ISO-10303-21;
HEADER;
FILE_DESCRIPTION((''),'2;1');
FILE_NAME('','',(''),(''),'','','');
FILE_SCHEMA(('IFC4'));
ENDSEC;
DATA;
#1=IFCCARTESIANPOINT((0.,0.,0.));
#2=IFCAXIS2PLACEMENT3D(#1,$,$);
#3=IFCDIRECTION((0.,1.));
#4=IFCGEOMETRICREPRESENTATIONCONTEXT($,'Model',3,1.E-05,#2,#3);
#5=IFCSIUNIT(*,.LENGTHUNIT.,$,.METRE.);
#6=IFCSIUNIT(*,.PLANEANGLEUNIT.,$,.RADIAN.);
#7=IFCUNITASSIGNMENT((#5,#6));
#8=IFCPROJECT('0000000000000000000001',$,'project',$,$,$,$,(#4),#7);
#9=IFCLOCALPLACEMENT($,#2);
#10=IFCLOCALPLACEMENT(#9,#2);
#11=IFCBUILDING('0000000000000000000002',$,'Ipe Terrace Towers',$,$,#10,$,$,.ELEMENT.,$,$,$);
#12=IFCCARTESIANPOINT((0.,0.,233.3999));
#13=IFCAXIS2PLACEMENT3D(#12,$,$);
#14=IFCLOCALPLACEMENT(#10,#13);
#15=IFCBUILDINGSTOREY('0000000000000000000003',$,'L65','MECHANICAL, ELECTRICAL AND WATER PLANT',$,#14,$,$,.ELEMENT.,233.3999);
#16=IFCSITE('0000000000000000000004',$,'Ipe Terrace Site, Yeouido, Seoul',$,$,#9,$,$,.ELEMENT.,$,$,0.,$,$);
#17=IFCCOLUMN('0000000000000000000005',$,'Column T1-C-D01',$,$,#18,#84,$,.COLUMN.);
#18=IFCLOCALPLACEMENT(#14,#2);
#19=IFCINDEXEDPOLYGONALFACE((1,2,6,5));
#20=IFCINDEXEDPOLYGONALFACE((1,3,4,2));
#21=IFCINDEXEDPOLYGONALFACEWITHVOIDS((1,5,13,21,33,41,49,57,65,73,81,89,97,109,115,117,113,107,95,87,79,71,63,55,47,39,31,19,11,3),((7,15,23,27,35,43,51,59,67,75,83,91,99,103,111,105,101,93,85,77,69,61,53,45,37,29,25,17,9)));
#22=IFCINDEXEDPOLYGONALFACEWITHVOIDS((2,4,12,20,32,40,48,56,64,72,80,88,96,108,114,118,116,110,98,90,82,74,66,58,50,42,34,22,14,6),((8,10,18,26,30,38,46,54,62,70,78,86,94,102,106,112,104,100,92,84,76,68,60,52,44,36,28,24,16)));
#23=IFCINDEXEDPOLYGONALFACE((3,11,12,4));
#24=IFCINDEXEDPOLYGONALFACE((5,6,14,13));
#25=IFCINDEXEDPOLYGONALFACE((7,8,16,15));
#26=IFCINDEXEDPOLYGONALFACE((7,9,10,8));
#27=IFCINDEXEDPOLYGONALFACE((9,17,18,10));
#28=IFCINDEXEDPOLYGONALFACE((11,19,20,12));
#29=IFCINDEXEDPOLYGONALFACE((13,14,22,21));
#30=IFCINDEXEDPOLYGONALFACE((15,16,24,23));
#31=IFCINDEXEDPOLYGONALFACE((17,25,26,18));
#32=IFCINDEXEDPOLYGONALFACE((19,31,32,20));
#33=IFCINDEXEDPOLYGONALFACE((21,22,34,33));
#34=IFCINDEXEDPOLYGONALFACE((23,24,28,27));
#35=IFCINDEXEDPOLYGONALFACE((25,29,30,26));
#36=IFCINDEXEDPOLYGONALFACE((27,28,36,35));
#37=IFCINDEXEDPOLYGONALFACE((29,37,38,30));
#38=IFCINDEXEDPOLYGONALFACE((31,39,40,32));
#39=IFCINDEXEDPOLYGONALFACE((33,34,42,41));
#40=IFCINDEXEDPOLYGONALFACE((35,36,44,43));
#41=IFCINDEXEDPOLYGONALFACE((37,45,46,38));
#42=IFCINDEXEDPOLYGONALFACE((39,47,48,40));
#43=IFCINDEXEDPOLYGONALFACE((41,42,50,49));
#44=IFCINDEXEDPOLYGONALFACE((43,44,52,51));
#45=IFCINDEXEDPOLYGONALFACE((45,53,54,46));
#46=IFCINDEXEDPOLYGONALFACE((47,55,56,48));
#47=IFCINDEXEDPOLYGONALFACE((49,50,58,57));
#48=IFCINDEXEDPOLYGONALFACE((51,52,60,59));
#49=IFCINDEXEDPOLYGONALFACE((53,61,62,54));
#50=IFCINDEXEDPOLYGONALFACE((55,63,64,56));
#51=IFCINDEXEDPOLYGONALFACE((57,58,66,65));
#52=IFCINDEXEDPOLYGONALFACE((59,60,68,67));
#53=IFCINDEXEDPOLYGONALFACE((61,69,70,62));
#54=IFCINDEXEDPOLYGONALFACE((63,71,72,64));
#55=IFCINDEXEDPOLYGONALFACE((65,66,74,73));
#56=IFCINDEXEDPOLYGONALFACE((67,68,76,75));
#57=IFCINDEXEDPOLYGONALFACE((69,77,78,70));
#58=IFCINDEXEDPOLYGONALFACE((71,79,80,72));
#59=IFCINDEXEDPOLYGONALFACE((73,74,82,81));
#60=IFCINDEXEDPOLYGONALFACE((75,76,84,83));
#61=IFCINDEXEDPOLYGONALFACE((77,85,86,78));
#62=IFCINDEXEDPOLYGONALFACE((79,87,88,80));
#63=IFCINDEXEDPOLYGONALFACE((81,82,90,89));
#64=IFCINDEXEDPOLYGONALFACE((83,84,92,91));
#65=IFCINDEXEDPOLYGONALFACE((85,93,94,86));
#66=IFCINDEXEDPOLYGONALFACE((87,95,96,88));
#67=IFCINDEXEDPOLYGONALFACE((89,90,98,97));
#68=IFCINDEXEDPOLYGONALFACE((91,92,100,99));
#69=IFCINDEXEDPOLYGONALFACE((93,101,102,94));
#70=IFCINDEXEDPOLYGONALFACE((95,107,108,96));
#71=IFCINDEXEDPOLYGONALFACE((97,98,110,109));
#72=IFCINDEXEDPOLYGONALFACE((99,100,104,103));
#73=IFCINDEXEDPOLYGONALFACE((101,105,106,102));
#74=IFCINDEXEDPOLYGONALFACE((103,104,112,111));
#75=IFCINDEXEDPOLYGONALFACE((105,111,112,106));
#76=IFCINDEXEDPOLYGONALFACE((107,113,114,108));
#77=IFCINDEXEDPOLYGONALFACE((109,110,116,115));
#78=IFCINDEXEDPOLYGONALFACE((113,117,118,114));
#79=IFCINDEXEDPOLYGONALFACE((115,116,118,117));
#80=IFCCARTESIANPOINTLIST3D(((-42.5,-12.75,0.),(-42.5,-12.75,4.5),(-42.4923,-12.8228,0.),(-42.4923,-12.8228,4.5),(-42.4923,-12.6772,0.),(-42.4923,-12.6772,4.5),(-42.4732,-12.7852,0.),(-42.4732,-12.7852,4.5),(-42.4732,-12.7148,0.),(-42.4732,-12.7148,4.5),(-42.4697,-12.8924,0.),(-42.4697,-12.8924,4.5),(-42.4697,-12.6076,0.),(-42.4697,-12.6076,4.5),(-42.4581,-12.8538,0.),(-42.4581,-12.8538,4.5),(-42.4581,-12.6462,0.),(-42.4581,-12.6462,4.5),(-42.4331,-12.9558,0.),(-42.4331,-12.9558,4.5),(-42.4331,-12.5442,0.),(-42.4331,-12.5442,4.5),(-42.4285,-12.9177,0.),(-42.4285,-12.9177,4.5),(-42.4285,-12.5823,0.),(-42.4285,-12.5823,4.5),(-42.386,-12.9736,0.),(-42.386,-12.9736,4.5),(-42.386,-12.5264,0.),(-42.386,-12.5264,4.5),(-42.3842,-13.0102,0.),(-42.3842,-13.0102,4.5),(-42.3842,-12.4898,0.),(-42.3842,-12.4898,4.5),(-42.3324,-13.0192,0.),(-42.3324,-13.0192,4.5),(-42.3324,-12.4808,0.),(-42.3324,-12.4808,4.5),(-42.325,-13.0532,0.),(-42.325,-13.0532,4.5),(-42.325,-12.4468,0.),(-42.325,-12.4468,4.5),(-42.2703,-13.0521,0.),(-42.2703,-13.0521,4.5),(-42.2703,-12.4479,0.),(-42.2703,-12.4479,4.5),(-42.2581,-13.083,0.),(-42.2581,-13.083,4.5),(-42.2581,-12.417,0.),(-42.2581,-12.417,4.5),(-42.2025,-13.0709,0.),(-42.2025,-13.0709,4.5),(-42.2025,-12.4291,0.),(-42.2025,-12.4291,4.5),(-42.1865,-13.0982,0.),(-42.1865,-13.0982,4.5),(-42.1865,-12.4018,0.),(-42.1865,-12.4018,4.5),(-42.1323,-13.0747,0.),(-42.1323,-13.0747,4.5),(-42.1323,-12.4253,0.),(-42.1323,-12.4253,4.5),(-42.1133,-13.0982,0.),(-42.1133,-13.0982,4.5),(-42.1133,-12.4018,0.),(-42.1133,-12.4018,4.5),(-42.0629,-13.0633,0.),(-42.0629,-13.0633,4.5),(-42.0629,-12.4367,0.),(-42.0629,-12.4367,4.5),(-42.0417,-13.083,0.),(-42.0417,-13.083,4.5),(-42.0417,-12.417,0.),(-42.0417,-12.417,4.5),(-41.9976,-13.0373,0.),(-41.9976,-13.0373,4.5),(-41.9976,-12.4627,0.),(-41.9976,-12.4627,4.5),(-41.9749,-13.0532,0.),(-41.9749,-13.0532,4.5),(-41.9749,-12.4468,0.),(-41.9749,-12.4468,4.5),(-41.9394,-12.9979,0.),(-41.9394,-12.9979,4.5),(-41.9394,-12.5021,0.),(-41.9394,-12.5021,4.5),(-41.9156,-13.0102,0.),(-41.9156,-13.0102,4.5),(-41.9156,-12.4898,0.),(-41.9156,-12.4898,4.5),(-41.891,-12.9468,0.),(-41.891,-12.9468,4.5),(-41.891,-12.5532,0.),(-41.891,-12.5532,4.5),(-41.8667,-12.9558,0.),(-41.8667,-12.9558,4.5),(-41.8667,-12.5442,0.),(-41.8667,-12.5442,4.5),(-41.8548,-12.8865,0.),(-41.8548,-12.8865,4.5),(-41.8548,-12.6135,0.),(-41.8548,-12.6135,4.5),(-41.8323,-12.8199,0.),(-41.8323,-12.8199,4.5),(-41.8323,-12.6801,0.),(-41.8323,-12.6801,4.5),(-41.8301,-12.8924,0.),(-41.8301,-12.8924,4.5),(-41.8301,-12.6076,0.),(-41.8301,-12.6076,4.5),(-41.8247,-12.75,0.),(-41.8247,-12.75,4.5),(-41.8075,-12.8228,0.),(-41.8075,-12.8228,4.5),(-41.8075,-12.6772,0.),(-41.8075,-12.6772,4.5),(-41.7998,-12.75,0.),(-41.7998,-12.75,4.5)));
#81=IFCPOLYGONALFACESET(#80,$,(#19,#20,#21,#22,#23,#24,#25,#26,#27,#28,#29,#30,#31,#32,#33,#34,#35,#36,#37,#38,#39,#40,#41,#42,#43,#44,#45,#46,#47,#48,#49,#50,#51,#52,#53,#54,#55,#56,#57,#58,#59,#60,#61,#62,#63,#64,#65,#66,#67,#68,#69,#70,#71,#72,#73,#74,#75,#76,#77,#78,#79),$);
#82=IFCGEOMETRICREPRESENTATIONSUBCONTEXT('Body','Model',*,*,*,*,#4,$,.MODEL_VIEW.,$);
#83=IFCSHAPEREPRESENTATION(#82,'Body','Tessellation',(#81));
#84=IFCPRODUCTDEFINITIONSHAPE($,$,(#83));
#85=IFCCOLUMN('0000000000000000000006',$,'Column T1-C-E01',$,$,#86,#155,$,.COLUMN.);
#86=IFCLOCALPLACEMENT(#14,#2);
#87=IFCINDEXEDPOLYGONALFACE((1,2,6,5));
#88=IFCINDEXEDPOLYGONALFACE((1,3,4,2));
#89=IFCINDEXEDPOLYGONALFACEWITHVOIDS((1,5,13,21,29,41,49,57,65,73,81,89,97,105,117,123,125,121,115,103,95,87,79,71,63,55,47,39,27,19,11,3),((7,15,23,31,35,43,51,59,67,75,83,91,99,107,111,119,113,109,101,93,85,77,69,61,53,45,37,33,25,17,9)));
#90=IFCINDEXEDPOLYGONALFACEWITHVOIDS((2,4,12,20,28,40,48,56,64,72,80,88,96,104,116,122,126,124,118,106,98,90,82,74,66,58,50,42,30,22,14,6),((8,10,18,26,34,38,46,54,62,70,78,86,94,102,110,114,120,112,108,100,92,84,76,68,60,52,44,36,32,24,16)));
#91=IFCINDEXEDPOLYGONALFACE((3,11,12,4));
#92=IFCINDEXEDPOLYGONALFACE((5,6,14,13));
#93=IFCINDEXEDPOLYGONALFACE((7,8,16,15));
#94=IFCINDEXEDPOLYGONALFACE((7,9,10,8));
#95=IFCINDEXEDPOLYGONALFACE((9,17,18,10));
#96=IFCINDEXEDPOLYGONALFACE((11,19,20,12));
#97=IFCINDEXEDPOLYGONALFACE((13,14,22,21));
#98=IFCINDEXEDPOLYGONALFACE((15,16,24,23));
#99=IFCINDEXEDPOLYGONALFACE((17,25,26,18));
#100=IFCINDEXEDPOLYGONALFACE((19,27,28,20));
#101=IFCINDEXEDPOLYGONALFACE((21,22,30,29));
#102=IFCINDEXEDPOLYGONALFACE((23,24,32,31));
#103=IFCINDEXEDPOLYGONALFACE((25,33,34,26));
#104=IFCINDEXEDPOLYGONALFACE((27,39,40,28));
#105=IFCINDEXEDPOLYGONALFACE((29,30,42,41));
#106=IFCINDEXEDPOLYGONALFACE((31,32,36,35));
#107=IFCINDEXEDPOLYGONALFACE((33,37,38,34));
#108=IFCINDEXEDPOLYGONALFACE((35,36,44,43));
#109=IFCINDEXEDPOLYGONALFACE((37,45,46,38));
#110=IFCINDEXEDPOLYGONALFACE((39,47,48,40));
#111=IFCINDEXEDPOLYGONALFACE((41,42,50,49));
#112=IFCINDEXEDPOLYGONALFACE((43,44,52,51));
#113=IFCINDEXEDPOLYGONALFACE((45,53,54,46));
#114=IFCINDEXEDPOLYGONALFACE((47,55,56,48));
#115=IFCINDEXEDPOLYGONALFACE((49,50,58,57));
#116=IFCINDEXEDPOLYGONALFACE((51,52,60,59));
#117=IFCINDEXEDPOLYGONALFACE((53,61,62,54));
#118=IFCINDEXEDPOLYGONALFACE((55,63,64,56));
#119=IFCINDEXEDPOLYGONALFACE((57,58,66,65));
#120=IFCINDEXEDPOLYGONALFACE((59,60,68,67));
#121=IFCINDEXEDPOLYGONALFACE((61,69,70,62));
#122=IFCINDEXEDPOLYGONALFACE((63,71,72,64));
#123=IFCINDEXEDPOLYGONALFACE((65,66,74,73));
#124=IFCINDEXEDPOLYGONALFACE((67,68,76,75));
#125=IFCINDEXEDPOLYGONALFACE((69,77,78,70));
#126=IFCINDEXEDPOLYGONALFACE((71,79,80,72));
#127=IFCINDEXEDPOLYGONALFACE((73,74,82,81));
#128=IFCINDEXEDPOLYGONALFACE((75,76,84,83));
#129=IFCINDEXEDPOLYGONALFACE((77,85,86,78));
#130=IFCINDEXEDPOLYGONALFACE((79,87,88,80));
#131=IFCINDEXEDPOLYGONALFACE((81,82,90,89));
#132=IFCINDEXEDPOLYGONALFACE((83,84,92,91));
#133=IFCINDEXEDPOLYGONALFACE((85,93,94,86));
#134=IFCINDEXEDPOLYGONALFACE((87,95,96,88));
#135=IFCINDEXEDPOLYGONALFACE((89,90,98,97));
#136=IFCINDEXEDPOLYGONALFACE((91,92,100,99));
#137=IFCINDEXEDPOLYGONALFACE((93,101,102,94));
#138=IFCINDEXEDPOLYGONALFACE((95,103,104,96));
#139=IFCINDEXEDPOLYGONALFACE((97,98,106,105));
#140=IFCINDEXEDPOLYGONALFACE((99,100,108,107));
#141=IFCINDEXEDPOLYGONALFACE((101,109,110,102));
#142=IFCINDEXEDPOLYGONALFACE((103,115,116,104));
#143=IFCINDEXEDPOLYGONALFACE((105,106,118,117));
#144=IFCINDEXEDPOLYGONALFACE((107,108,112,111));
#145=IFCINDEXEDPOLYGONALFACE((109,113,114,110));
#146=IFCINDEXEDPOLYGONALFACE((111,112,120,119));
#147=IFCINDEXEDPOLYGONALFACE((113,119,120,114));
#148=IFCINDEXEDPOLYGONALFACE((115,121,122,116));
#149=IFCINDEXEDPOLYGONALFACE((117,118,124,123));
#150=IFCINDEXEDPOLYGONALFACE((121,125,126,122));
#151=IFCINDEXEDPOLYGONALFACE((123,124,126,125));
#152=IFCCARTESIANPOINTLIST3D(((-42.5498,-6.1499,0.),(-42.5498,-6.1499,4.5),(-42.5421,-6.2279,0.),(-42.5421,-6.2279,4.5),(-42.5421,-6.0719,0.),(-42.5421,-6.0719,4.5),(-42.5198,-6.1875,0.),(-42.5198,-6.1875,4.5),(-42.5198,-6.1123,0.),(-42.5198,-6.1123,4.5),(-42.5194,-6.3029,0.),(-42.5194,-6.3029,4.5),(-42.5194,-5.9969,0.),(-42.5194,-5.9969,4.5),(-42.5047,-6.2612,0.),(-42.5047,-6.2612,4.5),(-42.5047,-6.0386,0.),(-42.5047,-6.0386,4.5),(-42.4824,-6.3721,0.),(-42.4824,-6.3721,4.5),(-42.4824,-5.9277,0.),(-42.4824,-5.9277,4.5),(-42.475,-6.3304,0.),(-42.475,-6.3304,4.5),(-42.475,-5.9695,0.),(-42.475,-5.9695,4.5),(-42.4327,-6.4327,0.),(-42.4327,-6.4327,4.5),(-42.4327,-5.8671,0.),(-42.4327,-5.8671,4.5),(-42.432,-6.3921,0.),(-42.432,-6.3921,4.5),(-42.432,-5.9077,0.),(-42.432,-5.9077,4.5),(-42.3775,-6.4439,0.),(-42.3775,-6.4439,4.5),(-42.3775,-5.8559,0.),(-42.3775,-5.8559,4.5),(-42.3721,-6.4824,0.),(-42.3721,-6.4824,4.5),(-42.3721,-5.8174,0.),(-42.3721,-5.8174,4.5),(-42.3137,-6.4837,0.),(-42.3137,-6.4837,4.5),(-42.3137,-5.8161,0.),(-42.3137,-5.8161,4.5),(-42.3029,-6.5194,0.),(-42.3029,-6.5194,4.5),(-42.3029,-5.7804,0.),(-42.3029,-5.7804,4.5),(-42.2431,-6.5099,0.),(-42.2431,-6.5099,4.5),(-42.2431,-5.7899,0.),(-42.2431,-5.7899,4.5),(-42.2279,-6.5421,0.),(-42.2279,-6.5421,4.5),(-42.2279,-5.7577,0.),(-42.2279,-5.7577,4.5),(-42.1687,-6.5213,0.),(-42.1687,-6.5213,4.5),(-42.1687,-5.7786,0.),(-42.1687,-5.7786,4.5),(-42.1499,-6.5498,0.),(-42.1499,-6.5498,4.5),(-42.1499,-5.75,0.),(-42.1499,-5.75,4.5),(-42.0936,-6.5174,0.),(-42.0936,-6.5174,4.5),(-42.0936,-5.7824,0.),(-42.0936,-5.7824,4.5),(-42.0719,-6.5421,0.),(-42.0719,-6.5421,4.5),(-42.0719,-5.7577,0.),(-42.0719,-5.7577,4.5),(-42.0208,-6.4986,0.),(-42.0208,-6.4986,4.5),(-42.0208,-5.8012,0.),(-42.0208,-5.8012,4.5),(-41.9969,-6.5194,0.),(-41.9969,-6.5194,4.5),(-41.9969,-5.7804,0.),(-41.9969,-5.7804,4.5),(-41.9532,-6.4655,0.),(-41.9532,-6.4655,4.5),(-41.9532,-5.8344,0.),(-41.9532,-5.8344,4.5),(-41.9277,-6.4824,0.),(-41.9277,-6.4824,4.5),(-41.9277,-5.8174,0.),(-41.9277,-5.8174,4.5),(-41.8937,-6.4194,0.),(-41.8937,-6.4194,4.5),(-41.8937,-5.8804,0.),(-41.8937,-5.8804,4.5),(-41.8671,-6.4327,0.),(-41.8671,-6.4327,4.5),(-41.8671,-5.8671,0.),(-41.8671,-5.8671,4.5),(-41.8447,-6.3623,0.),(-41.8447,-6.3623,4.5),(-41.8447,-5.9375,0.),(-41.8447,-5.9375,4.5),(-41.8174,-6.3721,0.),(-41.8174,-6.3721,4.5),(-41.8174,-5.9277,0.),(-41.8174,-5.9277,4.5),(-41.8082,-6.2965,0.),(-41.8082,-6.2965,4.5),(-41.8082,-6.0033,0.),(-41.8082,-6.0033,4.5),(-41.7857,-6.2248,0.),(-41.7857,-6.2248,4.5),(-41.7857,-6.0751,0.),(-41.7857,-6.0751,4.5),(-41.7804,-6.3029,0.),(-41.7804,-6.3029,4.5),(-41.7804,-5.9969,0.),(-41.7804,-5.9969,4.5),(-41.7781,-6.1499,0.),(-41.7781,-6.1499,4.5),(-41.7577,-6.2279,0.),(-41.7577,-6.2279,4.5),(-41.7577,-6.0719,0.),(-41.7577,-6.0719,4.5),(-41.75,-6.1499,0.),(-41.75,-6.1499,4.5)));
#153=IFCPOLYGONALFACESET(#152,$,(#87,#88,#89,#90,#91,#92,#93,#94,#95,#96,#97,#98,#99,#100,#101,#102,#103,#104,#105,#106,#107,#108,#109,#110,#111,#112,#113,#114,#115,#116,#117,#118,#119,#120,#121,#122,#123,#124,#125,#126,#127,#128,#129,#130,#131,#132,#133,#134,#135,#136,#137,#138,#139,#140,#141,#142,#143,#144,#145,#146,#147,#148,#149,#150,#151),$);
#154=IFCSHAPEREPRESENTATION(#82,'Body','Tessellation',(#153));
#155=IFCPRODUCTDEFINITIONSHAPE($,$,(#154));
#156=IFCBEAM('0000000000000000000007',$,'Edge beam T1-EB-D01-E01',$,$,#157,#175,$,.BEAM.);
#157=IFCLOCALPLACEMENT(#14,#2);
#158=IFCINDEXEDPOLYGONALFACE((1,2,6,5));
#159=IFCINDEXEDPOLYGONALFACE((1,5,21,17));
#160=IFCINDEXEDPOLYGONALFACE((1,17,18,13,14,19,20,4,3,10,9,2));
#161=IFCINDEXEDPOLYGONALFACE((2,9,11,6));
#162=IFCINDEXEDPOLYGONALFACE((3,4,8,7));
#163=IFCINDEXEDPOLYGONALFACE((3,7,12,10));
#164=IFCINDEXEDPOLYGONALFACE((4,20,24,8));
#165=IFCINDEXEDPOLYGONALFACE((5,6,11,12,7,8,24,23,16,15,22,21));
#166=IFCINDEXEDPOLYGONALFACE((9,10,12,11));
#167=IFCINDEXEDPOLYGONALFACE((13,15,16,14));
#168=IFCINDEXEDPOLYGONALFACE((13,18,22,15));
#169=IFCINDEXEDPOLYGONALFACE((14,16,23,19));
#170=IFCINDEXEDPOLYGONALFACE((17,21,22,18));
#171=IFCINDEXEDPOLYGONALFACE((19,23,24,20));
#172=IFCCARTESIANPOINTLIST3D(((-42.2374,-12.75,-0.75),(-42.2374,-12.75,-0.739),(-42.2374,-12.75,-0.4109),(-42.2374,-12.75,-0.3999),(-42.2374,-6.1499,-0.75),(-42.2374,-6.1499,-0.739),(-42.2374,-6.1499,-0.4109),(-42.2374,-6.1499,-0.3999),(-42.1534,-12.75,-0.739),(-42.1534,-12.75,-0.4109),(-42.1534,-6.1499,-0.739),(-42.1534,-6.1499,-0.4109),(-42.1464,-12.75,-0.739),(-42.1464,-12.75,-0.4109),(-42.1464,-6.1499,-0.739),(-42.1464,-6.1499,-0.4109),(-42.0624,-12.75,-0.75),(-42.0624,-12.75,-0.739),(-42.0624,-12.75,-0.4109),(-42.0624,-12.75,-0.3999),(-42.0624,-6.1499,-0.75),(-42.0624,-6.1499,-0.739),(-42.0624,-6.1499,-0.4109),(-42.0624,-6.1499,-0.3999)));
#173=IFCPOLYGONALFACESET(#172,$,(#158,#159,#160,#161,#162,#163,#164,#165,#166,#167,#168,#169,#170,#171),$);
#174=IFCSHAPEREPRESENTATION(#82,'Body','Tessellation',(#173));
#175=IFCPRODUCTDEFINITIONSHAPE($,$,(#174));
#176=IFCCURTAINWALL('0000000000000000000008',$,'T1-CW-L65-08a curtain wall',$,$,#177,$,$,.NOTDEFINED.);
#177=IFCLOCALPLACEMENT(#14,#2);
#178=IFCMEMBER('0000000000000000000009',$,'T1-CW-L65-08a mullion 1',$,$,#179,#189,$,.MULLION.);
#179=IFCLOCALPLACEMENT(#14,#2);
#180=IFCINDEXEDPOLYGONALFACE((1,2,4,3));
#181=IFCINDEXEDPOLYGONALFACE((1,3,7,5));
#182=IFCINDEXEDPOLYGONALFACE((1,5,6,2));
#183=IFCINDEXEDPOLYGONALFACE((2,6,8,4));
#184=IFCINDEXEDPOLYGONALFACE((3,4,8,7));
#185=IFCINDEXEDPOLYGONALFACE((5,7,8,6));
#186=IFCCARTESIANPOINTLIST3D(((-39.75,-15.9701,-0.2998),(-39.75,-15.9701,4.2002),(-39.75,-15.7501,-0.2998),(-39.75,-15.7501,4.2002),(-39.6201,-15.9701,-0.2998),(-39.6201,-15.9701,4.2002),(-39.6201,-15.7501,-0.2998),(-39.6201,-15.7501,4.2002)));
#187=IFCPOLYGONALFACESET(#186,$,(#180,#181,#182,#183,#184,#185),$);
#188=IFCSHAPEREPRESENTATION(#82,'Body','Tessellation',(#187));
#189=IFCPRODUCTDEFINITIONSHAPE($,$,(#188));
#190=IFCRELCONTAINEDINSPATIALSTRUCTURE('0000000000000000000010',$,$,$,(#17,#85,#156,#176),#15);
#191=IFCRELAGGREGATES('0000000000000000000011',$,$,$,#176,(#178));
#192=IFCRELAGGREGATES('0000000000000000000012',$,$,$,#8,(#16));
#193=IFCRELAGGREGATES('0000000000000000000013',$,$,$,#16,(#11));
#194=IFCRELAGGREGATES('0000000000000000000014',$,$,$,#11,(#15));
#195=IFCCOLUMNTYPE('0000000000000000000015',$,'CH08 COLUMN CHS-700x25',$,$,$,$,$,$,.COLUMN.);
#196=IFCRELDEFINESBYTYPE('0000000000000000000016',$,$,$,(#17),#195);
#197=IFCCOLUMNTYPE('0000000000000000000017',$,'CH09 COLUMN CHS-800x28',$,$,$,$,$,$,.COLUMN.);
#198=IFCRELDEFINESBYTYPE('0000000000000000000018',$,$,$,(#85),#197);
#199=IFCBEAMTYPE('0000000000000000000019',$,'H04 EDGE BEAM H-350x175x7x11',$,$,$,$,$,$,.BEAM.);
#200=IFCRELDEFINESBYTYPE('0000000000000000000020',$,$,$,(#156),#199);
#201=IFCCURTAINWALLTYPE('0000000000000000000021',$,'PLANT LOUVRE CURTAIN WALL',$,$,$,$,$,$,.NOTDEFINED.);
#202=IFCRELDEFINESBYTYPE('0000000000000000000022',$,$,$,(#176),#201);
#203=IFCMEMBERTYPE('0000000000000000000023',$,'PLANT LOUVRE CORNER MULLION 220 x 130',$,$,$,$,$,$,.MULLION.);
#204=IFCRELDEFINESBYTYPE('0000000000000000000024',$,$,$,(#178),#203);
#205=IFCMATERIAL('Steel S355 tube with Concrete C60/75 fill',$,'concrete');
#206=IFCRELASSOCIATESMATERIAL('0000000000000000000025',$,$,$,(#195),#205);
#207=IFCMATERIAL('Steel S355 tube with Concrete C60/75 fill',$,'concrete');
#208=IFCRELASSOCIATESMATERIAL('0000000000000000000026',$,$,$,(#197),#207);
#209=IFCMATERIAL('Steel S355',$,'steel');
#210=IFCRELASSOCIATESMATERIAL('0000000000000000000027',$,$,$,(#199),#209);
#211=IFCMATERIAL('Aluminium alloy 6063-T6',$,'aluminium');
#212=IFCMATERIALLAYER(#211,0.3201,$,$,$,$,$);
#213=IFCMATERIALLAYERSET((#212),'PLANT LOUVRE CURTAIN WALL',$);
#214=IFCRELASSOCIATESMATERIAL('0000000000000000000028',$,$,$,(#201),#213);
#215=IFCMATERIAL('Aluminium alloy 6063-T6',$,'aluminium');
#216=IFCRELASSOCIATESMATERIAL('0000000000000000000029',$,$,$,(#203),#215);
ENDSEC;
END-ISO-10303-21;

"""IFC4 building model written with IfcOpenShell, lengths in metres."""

from ifc_helpers import new_model, si_unit, direction, frame, origin, origin_2d, place, context, subcontext, project, spatial, rectangle, hollow_circle, i_section, extrude, material, layer, layer_set, material_profile, profile_set, type_object, element, aggregate, save


model = new_model("IFC4")

# Units and contexts
model_context = context("Model", 3, precision=1e-05, world=origin(), true_north=direction((0.0, 1.0)))
body_context = subcontext(model_context, "Body", "Model", "MODEL_VIEW")
ifc_project = project(units=[si_unit("LENGTHUNIT", "METRE"), si_unit("PLANEANGLEUNIT", "RADIAN")], contexts=[model_context])

# Site, building, storey
site_placement = place(None, origin())
site = spatial("IfcSite", under=ifc_project, at=site_placement, Name="Ipe Terrace Site, Yeouido, Seoul", CompositionType="ELEMENT", RefElevation=0.0)
building_placement = place(site_placement, origin())
building = spatial("IfcBuilding", under=site, at=building_placement, Name="Ipe Terrace Towers", CompositionType="ELEMENT")
storey_placement = place(building_placement, frame((0.0, 0.0, 233.3999)))
storey = spatial("IfcBuildingStorey", under=building, at=storey_placement, Name="L65", Description="MECHANICAL, ELECTRICAL AND WATER PLANT", CompositionType="ELEMENT", Elevation=233.3999)

# Columns
ifc_material_1 = material(Name="Steel S355 tube with Concrete C60/75 fill", Category="concrete")
ifc_material_profile_1 = material_profile(ifc_material_1, hollow_circle(Radius=0.3501, WallThickness=0.0249, at=origin_2d()), Name="CHS-700x25")
ifc_profile_set_1 = profile_set([ifc_material_profile_1], Name="Steel S355 tube with Concrete C60/75 fill")
column_type_1 = type_object("IfcColumnType", Name="CH08 COLUMN CHS-700x25", PredefinedType="COLUMN", material=ifc_profile_set_1)
column_1_placement = place(storey_placement, frame((-42.1499, -12.75, 0.0), z_axis=(0.0, 0.0, 1.0), x_axis=(1.0, 0.0, 0.0)))
element("IfcColumn", 1, at=column_1_placement, inside=storey, type_object=column_type_1, Name="Column T1-C-D01", PredefinedType="COLUMN", context=body_context, shape_type="SweptSolid", body=[
    extrude(hollow_circle(Radius=0.3501, WallThickness=0.0249, at=origin_2d()), origin(), (0.0, 0.0, 1.0), 4.5),
])
ifc_material_2 = material(Name="Steel S355 tube with Concrete C60/75 fill", Category="concrete")
ifc_material_profile_2 = material_profile(ifc_material_2, hollow_circle(Radius=0.3999, WallThickness=0.0281, at=origin_2d()), Name="CHS-800x28")
ifc_profile_set_2 = profile_set([ifc_material_profile_2], Name="Steel S355 tube with Concrete C60/75 fill")
column_type_2 = type_object("IfcColumnType", Name="CH09 COLUMN CHS-800x28", PredefinedType="COLUMN", material=ifc_profile_set_2)
column_2_placement = place(storey_placement, frame((-42.1499, -6.1499, 0.0), z_axis=(0.0, 0.0, 1.0), x_axis=(1.0, 0.0, 0.0)))
element("IfcColumn", 2, at=column_2_placement, inside=storey, type_object=column_type_2, Name="Column T1-C-E01", PredefinedType="COLUMN", context=body_context, shape_type="SweptSolid", body=[
    extrude(hollow_circle(Radius=0.3999, WallThickness=0.0281, at=origin_2d()), origin(), (0.0, 0.0, 1.0), 4.5),
])

# Beam
ifc_material_3 = material(Name="Steel S355", Category="steel")
ifc_material_profile_3 = material_profile(ifc_material_3, i_section(OverallWidth=0.175, OverallDepth=0.3501, WebThickness=0.0071, FlangeThickness=0.011, at=origin_2d()), Name="H-350x175x7x11")
ifc_profile_set_3 = profile_set([ifc_material_profile_3], Name="Steel S355")
beam_type = type_object("IfcBeamType", Name="H04 EDGE BEAM H-350x175x7x11", PredefinedType="BEAM", material=ifc_profile_set_3)
beam_placement = place(storey_placement, frame((-42.1499, -12.75, -0.575), z_axis=(0.0, 1.0, 0.0), x_axis=(-1.0, 0.0, 0.0)))
element("IfcBeam", 3, at=beam_placement, inside=storey, type_object=beam_type, Name="Edge beam T1-EB-D01-E01", PredefinedType="BEAM", context=body_context, shape_type="SweptSolid", body=[
    extrude(i_section(OverallWidth=0.175, OverallDepth=0.3501, WebThickness=0.0071, FlangeThickness=0.011, at=origin_2d()), origin(), (0.0, 0.0, 1.0), 6.6001),
])

# Curtain wall, member
ifc_material_4 = material(Name="Aluminium alloy 6063-T6", Category="aluminium")
ifc_layer_1 = layer(ifc_material_4, 0.3201)
ifc_layer_set_1 = layer_set([ifc_layer_1], Name="PLANT LOUVRE CURTAIN WALL")
curtain_wall_type = type_object("IfcCurtainWallType", Name="PLANT LOUVRE CURTAIN WALL", PredefinedType="NOTDEFINED", material=ifc_layer_set_1)
curtain_wall_placement = place(storey_placement, origin())
curtain_wall = element("IfcCurtainWall", 4, at=curtain_wall_placement, inside=storey, type_object=curtain_wall_type, Name="T1-CW-L65-08a curtain wall", PredefinedType="NOTDEFINED")
ifc_material_5 = material(Name="Aluminium alloy 6063-T6", Category="aluminium")
ifc_material_profile_4 = material_profile(ifc_material_5, rectangle(XDim=0.22, YDim=0.1299, at=origin_2d()), Name="PLANT LOUVRE CORNER MULLION 220 x 130")
ifc_profile_set_4 = profile_set([ifc_material_profile_4], Name="Aluminium alloy 6063-T6")
member_type_1 = type_object("IfcMemberType", Name="PLANT LOUVRE CORNER MULLION 220 x 130", PredefinedType="MULLION", material=ifc_profile_set_4)
member_1_placement = place(storey_placement, frame((-39.6851, -15.8601, -0.2998), z_axis=(0.0, 0.0, 1.0), x_axis=(0.0, -1.0, 0.0)))
member_1 = element("IfcMember", 5, at=member_1_placement, type_object=member_type_1, Name="T1-CW-L65-08a mullion 1", PredefinedType="MULLION", context=body_context, shape_type="SweptSolid", body=[
    extrude(rectangle(XDim=0.22, YDim=0.1299, at=origin_2d()), origin(), (0.0, 0.0, 1.0), 4.5),
])
aggregate(curtain_wall, [member_1])

save(model, "model.ifc")
